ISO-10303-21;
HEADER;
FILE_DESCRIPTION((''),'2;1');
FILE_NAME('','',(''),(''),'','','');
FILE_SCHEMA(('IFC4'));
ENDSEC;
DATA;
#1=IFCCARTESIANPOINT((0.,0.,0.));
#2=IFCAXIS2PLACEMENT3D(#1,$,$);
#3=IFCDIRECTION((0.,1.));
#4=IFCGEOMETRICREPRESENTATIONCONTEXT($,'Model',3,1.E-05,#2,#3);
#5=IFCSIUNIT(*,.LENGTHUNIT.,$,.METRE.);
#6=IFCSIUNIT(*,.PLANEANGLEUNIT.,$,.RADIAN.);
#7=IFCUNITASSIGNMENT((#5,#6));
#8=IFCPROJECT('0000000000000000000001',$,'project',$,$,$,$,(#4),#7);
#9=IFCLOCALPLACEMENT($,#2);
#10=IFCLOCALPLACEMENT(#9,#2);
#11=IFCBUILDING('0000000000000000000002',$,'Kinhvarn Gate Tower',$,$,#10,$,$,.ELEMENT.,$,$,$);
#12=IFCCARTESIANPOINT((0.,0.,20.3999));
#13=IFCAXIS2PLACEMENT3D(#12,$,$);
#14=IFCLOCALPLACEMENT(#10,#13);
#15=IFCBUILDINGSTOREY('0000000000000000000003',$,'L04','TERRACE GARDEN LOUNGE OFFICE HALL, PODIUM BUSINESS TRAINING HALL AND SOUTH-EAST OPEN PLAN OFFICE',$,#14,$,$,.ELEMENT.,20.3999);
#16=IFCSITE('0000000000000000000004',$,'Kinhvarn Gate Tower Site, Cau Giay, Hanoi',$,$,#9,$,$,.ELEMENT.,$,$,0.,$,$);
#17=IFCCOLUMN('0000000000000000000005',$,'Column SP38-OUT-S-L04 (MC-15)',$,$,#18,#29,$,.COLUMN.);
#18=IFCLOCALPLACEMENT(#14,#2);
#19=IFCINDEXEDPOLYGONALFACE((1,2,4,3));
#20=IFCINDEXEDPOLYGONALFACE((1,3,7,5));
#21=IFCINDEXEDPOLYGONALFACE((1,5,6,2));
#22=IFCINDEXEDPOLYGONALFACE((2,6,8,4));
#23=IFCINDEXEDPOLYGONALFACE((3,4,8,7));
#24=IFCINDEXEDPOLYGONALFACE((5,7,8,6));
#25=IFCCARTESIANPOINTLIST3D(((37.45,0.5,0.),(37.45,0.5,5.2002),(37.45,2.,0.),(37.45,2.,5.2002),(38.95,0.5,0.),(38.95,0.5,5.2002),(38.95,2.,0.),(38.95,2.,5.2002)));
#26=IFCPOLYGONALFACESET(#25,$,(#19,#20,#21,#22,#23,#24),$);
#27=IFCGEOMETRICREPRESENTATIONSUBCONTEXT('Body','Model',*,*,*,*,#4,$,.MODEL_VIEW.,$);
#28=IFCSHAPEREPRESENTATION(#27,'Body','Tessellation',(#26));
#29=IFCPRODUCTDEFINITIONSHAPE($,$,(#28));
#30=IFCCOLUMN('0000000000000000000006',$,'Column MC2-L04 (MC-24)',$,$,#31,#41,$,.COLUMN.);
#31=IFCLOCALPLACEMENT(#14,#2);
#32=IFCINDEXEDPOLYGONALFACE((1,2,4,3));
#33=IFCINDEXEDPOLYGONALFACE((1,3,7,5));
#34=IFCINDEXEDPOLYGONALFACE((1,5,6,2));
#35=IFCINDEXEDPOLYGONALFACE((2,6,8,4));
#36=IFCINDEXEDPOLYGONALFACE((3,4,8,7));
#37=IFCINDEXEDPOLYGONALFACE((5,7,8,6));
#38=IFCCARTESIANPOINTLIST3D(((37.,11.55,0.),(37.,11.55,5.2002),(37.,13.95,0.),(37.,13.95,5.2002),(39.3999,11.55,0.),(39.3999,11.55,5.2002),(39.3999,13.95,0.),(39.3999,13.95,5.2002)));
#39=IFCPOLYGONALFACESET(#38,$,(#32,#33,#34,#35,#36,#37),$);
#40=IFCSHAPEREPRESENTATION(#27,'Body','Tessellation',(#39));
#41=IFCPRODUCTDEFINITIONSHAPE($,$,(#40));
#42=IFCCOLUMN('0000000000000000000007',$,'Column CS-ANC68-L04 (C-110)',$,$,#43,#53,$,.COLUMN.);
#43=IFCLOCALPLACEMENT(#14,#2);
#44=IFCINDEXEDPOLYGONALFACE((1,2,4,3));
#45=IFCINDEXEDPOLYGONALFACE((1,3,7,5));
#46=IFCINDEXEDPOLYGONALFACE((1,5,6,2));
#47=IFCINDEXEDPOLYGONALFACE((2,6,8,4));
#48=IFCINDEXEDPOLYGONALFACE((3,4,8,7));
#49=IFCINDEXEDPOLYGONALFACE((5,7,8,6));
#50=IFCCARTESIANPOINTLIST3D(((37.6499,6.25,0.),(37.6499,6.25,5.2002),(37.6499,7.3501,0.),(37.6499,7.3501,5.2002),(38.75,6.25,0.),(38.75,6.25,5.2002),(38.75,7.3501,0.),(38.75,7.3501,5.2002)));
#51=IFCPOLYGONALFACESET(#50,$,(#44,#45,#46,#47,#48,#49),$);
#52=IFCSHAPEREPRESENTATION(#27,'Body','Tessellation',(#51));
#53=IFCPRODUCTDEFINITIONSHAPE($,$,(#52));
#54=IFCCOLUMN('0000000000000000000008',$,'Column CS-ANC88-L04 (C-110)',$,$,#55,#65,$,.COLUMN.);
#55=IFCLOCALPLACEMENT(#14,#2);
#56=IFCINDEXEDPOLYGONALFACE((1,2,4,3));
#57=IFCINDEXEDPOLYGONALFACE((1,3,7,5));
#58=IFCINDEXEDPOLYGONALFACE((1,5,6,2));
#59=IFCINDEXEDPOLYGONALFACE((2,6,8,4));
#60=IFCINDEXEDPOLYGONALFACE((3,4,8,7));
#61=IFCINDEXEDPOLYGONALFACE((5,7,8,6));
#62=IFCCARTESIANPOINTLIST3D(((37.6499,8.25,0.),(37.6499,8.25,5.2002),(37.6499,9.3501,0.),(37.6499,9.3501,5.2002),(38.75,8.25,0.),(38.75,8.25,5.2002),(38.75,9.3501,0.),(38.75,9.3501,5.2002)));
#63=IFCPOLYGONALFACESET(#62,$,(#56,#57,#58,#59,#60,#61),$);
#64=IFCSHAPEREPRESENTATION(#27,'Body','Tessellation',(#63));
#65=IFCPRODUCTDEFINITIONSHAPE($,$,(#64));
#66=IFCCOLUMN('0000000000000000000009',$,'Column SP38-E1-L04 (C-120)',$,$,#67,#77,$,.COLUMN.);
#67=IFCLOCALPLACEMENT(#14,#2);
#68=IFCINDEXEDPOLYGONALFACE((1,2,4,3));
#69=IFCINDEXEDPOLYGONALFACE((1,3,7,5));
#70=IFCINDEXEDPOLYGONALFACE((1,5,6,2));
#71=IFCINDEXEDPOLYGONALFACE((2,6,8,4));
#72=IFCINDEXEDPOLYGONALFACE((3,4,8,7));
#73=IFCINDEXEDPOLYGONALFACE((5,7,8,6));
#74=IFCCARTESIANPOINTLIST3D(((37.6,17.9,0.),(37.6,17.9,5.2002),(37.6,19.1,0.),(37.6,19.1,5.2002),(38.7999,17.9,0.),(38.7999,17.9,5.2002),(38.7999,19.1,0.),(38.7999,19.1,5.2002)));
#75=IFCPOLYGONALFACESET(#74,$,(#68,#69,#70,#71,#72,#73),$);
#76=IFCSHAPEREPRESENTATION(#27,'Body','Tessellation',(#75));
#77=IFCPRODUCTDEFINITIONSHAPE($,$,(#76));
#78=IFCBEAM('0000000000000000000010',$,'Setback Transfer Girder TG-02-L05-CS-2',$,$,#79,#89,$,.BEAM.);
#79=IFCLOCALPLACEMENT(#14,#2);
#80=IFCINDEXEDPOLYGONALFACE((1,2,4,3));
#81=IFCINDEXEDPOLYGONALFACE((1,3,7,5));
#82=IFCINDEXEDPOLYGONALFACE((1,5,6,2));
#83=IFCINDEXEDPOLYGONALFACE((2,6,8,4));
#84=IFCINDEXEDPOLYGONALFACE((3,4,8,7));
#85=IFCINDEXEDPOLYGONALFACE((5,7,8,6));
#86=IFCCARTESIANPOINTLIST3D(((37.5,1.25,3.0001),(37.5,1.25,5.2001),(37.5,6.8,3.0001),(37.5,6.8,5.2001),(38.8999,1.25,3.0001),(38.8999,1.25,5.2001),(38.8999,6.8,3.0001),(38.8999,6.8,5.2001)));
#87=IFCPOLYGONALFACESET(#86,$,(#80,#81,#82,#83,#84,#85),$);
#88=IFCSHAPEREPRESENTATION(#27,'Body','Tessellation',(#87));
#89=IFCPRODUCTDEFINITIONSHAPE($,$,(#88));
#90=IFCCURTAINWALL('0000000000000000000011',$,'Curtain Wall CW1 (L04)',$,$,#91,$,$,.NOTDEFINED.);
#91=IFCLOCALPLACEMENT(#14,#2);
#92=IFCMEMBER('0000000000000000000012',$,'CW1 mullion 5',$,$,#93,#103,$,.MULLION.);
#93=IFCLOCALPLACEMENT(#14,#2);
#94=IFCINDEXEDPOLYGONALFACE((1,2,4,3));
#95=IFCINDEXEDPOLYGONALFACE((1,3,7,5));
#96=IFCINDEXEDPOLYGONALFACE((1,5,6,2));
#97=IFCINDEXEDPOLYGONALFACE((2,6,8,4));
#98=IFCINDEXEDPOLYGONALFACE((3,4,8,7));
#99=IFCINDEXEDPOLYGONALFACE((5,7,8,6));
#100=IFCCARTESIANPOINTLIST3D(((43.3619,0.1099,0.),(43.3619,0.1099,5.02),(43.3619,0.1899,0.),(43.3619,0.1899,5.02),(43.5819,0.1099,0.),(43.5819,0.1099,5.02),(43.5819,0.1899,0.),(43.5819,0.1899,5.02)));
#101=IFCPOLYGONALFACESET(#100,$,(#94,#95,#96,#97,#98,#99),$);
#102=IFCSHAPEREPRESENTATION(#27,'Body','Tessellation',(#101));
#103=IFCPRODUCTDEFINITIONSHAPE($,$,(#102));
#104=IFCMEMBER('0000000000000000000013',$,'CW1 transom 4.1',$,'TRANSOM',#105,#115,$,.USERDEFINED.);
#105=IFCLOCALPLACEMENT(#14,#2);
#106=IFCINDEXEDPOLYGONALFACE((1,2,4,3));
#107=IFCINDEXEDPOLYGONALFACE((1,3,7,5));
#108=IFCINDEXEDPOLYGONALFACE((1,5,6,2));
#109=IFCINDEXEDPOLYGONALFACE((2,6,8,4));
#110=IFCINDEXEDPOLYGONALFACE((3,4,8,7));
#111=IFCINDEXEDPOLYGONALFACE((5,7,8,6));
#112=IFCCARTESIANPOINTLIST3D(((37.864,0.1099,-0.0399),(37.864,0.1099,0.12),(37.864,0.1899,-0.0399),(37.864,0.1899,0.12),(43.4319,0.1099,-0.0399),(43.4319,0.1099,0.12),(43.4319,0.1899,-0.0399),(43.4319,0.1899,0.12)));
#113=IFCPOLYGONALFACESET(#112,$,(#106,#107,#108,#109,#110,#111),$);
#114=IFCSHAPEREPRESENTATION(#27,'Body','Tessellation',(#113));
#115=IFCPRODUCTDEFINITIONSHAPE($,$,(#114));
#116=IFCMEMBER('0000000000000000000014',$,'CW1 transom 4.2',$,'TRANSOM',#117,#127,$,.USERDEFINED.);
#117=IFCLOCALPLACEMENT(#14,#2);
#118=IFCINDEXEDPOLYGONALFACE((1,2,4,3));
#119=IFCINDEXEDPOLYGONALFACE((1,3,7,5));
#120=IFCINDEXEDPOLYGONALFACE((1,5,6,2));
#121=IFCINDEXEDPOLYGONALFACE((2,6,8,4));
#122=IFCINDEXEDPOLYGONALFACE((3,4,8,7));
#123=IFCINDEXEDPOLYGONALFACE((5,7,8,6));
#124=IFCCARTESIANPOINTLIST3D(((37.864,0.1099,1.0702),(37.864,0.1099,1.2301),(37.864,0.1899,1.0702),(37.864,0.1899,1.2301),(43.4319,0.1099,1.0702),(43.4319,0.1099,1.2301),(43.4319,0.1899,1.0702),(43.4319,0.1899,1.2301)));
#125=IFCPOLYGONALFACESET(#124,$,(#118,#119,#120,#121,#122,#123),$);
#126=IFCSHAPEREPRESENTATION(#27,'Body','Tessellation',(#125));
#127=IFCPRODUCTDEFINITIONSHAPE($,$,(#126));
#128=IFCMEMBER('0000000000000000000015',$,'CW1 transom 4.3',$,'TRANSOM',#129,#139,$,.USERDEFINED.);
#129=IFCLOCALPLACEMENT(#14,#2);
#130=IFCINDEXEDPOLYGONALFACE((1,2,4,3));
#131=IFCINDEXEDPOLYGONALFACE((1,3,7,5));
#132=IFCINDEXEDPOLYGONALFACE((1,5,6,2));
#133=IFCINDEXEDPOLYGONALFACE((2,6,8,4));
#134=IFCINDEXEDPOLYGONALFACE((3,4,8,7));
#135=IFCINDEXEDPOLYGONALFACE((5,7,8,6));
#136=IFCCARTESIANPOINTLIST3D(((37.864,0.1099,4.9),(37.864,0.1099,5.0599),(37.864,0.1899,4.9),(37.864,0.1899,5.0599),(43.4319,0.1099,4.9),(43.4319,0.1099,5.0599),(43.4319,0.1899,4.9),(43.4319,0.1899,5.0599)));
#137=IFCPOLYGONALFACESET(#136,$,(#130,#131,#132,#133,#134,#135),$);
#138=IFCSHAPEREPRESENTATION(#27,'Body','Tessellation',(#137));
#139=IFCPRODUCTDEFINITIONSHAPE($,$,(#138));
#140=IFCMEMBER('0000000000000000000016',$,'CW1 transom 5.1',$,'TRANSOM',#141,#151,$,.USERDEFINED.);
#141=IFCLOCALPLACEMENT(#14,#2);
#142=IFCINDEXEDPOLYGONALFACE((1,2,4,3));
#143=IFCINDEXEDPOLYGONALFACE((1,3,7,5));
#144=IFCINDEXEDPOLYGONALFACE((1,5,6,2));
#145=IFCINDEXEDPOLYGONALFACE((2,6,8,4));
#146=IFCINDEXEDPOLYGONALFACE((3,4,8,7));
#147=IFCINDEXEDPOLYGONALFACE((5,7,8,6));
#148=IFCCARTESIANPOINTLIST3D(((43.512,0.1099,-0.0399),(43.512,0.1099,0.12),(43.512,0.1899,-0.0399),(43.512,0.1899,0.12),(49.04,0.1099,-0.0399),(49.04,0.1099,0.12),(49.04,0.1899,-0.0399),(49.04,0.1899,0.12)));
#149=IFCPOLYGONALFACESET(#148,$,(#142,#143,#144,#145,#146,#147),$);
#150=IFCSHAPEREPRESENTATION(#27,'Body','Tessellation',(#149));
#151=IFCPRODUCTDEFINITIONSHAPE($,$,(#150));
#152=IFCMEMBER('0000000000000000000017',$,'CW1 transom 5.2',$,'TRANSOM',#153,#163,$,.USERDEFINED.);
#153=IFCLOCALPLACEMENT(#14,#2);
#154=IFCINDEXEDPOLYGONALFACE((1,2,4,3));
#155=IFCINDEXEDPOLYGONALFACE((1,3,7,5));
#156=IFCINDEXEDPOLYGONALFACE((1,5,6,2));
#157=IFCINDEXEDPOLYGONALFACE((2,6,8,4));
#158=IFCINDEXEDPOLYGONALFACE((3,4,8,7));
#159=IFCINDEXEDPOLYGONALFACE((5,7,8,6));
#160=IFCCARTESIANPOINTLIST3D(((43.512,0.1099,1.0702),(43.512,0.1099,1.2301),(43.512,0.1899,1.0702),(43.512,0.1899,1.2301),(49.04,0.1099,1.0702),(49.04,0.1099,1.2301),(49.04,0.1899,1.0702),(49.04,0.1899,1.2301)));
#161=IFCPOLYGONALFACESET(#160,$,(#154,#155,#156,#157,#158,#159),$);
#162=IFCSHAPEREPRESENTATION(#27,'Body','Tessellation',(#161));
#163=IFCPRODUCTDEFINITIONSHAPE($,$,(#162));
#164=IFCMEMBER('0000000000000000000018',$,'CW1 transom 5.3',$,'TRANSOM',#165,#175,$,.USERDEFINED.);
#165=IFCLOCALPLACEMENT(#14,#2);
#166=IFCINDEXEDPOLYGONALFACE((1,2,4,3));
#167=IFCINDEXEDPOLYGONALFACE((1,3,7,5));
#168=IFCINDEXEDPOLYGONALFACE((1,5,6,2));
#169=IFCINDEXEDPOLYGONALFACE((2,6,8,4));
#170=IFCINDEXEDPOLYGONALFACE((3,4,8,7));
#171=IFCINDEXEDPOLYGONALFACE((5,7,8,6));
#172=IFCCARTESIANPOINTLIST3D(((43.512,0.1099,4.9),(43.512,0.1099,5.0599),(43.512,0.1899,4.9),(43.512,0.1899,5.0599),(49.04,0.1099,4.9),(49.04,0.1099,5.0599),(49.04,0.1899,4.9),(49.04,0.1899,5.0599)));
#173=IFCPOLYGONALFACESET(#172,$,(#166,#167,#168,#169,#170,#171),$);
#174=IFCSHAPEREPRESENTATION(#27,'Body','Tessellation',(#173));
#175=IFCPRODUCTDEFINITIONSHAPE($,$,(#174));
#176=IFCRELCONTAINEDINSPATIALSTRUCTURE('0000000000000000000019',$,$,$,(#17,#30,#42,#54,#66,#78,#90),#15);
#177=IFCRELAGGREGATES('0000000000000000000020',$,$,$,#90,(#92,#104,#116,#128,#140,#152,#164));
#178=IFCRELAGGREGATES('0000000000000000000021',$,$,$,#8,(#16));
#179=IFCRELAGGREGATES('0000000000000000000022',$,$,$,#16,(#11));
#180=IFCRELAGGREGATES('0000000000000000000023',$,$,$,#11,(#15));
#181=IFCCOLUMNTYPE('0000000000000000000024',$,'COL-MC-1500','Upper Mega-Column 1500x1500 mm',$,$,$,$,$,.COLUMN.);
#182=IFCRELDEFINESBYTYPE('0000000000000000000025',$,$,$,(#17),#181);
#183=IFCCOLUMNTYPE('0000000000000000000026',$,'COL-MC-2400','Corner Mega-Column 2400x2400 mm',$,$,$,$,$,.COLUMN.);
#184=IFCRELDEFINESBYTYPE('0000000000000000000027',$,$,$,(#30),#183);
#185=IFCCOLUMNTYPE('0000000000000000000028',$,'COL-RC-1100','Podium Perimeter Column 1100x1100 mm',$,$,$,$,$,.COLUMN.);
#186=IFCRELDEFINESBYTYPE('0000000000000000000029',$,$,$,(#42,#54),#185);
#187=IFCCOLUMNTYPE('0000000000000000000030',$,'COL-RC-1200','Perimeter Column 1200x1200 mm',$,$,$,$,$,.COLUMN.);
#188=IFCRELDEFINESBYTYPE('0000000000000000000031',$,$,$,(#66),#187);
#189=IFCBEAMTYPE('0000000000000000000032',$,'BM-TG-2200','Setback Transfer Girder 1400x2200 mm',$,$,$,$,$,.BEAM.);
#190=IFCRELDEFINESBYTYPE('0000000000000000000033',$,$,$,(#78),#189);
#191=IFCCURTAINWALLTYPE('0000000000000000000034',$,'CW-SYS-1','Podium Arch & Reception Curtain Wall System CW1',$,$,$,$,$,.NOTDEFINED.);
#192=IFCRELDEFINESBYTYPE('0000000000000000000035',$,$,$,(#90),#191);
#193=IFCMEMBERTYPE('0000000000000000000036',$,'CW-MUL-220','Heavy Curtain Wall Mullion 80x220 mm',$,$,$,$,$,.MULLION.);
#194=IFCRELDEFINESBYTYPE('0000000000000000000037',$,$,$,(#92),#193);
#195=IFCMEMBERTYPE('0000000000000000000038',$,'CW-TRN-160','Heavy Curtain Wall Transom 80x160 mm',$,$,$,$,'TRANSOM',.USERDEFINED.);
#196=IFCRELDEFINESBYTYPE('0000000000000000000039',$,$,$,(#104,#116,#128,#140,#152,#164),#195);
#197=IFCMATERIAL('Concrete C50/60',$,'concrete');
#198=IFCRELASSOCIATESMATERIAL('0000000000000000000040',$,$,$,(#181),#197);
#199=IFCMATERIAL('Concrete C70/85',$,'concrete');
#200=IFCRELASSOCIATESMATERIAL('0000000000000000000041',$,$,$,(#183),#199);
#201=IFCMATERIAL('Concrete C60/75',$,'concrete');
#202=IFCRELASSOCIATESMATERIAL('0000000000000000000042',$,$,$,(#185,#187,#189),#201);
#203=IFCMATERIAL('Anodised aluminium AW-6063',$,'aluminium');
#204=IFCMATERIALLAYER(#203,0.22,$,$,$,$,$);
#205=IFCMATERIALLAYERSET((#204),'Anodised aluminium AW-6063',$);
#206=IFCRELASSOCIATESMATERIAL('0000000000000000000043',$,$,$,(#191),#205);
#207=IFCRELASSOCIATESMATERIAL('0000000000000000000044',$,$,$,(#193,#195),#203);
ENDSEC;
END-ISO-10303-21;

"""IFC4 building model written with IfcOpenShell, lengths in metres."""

from ifc_helpers import new_model, si_unit, direction, frame, origin, origin_2d, place, context, subcontext, project, spatial, rectangle, extrude, material, layer, layer_set, material_profile, profile_set, type_object, element, aggregate, save


model = new_model("IFC4")

# Units and contexts
model_context = context("Model", 3, precision=1e-05, world=origin(), true_north=direction((0.0, 1.0)))
body_context = subcontext(model_context, "Body", "Model", "MODEL_VIEW")
ifc_project = project(units=[si_unit("LENGTHUNIT", "METRE"), si_unit("PLANEANGLEUNIT", "RADIAN")], contexts=[model_context])

# Site, building, storey
site_placement = place(None, origin())
site = spatial("IfcSite", under=ifc_project, at=site_placement, Name="Kinhvarn Gate Tower Site, Cau Giay, Hanoi", CompositionType="ELEMENT", RefElevation=0.0)
building_placement = place(site_placement, origin())
building = spatial("IfcBuilding", under=site, at=building_placement, Name="Kinhvarn Gate Tower", CompositionType="ELEMENT")
storey_placement = place(building_placement, frame((0.0, 0.0, 20.3999)))
storey = spatial("IfcBuildingStorey", under=building, at=storey_placement, Name="L04", Description="TERRACE GARDEN LOUNGE OFFICE HALL, PODIUM BUSINESS TRAINING HALL AND SOUTH-EAST OPEN PLAN OFFICE", CompositionType="ELEMENT", Elevation=20.3999)

# Columns
ifc_material_1 = material(Name="Concrete C50/60", Category="concrete")
ifc_material_profile_1 = material_profile(ifc_material_1, rectangle(XDim=1.5, YDim=1.5, at=origin_2d()), Name="RC 1500x1500")
ifc_profile_set_1 = profile_set([ifc_material_profile_1], Name="Concrete C50/60")
column_type_1 = type_object("IfcColumnType", Name="COL-MC-1500", Description="Upper Mega-Column 1500x1500 mm", PredefinedType="COLUMN", material=ifc_profile_set_1)
column_1_placement = place(storey_placement, frame((38.2, 1.25, 0.0), z_axis=(0.0, 0.0, 1.0), x_axis=(1.0, 0.0, 0.0)))
element("IfcColumn", 1, at=column_1_placement, inside=storey, type_object=column_type_1, Name="Column SP38-OUT-S-L04 (MC-15)", PredefinedType="COLUMN", context=body_context, shape_type="SweptSolid", body=[
    extrude(rectangle(XDim=1.5, YDim=1.5, at=origin_2d()), origin(), (0.0, 0.0, 1.0), 5.2002),
])
ifc_material_2 = material(Name="Concrete C70/85", Category="concrete")
ifc_material_profile_2 = material_profile(ifc_material_2, rectangle(XDim=2.3999, YDim=2.3999, at=origin_2d()), Name="RC 2400x2400")
ifc_profile_set_2 = profile_set([ifc_material_profile_2], Name="Concrete C70/85")
column_type_2 = type_object("IfcColumnType", Name="COL-MC-2400", Description="Corner Mega-Column 2400x2400 mm", PredefinedType="COLUMN", material=ifc_profile_set_2)
column_2_placement = place(storey_placement, frame((38.2, 12.75, 0.0), z_axis=(0.0, 0.0, 1.0), x_axis=(1.0, 0.0, 0.0)))
element("IfcColumn", 2, at=column_2_placement, inside=storey, type_object=column_type_2, Name="Column MC2-L04 (MC-24)", PredefinedType="COLUMN", context=body_context, shape_type="SweptSolid", body=[
    extrude(rectangle(XDim=2.3999, YDim=2.3999, at=origin_2d()), origin(), (0.0, 0.0, 1.0), 5.2002),
])
ifc_material_3 = material(Name="Concrete C60/75", Category="concrete")
ifc_material_profile_3 = material_profile(ifc_material_3, rectangle(XDim=1.1001, YDim=1.1001, at=origin_2d()), Name="RC 1100x1100")
ifc_profile_set_3 = profile_set([ifc_material_profile_3], Name="Concrete C60/75")
column_type_3 = type_object("IfcColumnType", Name="COL-RC-1100", Description="Podium Perimeter Column 1100x1100 mm", PredefinedType="COLUMN", material=ifc_profile_set_3)
for number, where, z_axis, x_axis, name in (
    (3, (38.2, 6.8, 0.0), (0.0, 0.0, 1.0), (1.0, 0.0, 0.0), "Column CS-ANC68-L04 (C-110)"),
    (4, (38.2, 8.8, 0.0), (0.0, 0.0, 1.0), (1.0, 0.0, 0.0), "Column CS-ANC88-L04 (C-110)"),
):
    element("IfcColumn", number, at=place(storey_placement, frame(where, z_axis=z_axis, x_axis=x_axis)), inside=storey, type_object=column_type_3, Name=name, PredefinedType="COLUMN", context=body_context, shape_type="SweptSolid", body=[
        extrude(rectangle(XDim=1.1001, YDim=1.1001, at=origin_2d()), origin(), (0.0, 0.0, 1.0), 5.2002),
    ])
ifc_material_profile_4 = material_profile(ifc_material_3, rectangle(XDim=1.2, YDim=1.2, at=origin_2d()), Name="RC 1200x1200")
ifc_profile_set_4 = profile_set([ifc_material_profile_4], Name="Concrete C60/75")
column_type_4 = type_object("IfcColumnType", Name="COL-RC-1200", Description="Perimeter Column 1200x1200 mm", PredefinedType="COLUMN", material=ifc_profile_set_4)
column_3_placement = place(storey_placement, frame((38.2, 18.5, 0.0), z_axis=(0.0, 0.0, 1.0), x_axis=(1.0, 0.0, 0.0)))
element("IfcColumn", 5, at=column_3_placement, inside=storey, type_object=column_type_4, Name="Column SP38-E1-L04 (C-120)", PredefinedType="COLUMN", context=body_context, shape_type="SweptSolid", body=[
    extrude(rectangle(XDim=1.2, YDim=1.2, at=origin_2d()), origin(), (0.0, 0.0, 1.0), 5.2002),
])

# Beam
ifc_material_profile_5 = material_profile(ifc_material_3, rectangle(XDim=1.3999, YDim=2.2, at=origin_2d()), Name="RC 1400x2200")
ifc_profile_set_5 = profile_set([ifc_material_profile_5], Name="Concrete C60/75")
beam_type_1 = type_object("IfcBeamType", Name="BM-TG-2200", Description="Setback Transfer Girder 1400x2200 mm", PredefinedType="BEAM", material=ifc_profile_set_5)
beam_1_placement = place(storey_placement, frame((38.2, 1.25, 4.1001), z_axis=(0.0, 1.0, 0.0), x_axis=(-1.0, 0.0, 0.0)))
element("IfcBeam", 6, at=beam_1_placement, inside=storey, type_object=beam_type_1, Name="Setback Transfer Girder TG-02-L05-CS-2", PredefinedType="BEAM", context=body_context, shape_type="SweptSolid", body=[
    extrude(rectangle(XDim=1.3999, YDim=2.2, at=origin_2d()), origin(), (0.0, 0.0, 1.0), 5.55),
])

# Curtain wall, members
ifc_material_4 = material(Name="Anodised aluminium AW-6063", Category="aluminium")
ifc_layer_1 = layer(ifc_material_4, 0.22)
ifc_layer_set_1 = layer_set([ifc_layer_1], Name="Anodised aluminium AW-6063")
curtain_wall_type = type_object("IfcCurtainWallType", Name="CW-SYS-1", Description="Podium Arch & Reception Curtain Wall System CW1", PredefinedType="NOTDEFINED", material=ifc_layer_set_1)
curtain_wall_placement = place(storey_placement, origin())
curtain_wall = element("IfcCurtainWall", 7, at=curtain_wall_placement, inside=storey, type_object=curtain_wall_type, Name="Curtain Wall CW1 (L04)", PredefinedType="NOTDEFINED")
ifc_material_profile_6 = material_profile(ifc_material_4, rectangle(XDim=0.0801, YDim=0.22, at=origin_2d()), Name="ALU 80x220")
ifc_profile_set_6 = profile_set([ifc_material_profile_6], Name="Anodised aluminium AW-6063")
member_type_1 = type_object("IfcMemberType", Name="CW-MUL-220", Description="Heavy Curtain Wall Mullion 80x220 mm", PredefinedType="MULLION", material=ifc_profile_set_6)
member_1_placement = place(storey_placement, frame((43.4719, 0.1499, 0.0), z_axis=(0.0, 0.0, 1.0), x_axis=(0.0, 1.0, 0.0)))
member_1 = element("IfcMember", 8, at=member_1_placement, type_object=member_type_1, Name="CW1 mullion 5", PredefinedType="MULLION", context=body_context, shape_type="SweptSolid", body=[
    extrude(rectangle(XDim=0.0801, YDim=0.22, at=origin_2d()), origin(), (0.0, 0.0, 1.0), 5.02),
])
ifc_material_profile_7 = material_profile(ifc_material_4, rectangle(XDim=0.0801, YDim=0.1599, at=origin_2d()), Name="ALU 80x160")
ifc_profile_set_7 = profile_set([ifc_material_profile_7], Name="Anodised aluminium AW-6063")
member_type_2 = type_object("IfcMemberType", Name="CW-TRN-160", Description="Heavy Curtain Wall Transom 80x160 mm", ElementType="TRANSOM", PredefinedType="USERDEFINED", material=ifc_profile_set_7)
member_2_placement = place(storey_placement, frame((37.864, 0.1499, 0.04), z_axis=(1.0, 0.0, 0.0), x_axis=(0.0, 1.0, 0.0)))
member_2 = element("IfcMember", 9, at=member_2_placement, type_object=member_type_2, Name="CW1 transom 4.1", ObjectType="TRANSOM", PredefinedType="USERDEFINED", context=body_context, shape_type="SweptSolid", body=[
    extrude(rectangle(XDim=0.0801, YDim=0.1599, at=origin_2d()), origin(), (0.0, 0.0, 1.0), 5.5679),
])
member_3_placement = place(storey_placement, frame((37.864, 0.1499, 1.1501), z_axis=(1.0, 0.0, 0.0), x_axis=(0.0, 1.0, 0.0)))
member_3 = element("IfcMember", 10, at=member_3_placement, type_object=member_type_2, Name="CW1 transom 4.2", ObjectType="TRANSOM", PredefinedType="USERDEFINED", context=body_context, shape_type="SweptSolid", body=[
    extrude(rectangle(XDim=0.0801, YDim=0.1599, at=origin_2d()), origin(), (0.0, 0.0, 1.0), 5.5679),
])
member_4_placement = place(storey_placement, frame((37.864, 0.1499, 4.98), z_axis=(1.0, 0.0, 0.0), x_axis=(0.0, 1.0, 0.0)))
member_4 = element("IfcMember", 11, at=member_4_placement, type_object=member_type_2, Name="CW1 transom 4.3", ObjectType="TRANSOM", PredefinedType="USERDEFINED", context=body_context, shape_type="SweptSolid", body=[
    extrude(rectangle(XDim=0.0801, YDim=0.1599, at=origin_2d()), origin(), (0.0, 0.0, 1.0), 5.5679),
])
member_5_placement = place(storey_placement, frame((43.512, 0.1499, 0.04), z_axis=(1.0, 0.0, 0.0), x_axis=(0.0, 1.0, 0.0)))
member_5 = element("IfcMember", 12, at=member_5_placement, type_object=member_type_2, Name="CW1 transom 5.1", ObjectType="TRANSOM", PredefinedType="USERDEFINED", context=body_context, shape_type="SweptSolid", body=[
    extrude(rectangle(XDim=0.0801, YDim=0.1599, at=origin_2d()), origin(), (0.0, 0.0, 1.0), 5.5281),
])
member_6_placement = place(storey_placement, frame((43.512, 0.1499, 1.1501), z_axis=(1.0, 0.0, 0.0), x_axis=(0.0, 1.0, 0.0)))
member_6 = element("IfcMember", 13, at=member_6_placement, type_object=member_type_2, Name="CW1 transom 5.2", ObjectType="TRANSOM", PredefinedType="USERDEFINED", context=body_context, shape_type="SweptSolid", body=[
    extrude(rectangle(XDim=0.0801, YDim=0.1599, at=origin_2d()), origin(), (0.0, 0.0, 1.0), 5.5281),
])
member_7_placement = place(storey_placement, frame((43.512, 0.1499, 4.98), z_axis=(1.0, 0.0, 0.0), x_axis=(0.0, 1.0, 0.0)))
member_7 = element("IfcMember", 14, at=member_7_placement, type_object=member_type_2, Name="CW1 transom 5.3", ObjectType="TRANSOM", PredefinedType="USERDEFINED", context=body_context, shape_type="SweptSolid", body=[
    extrude(rectangle(XDim=0.0801, YDim=0.1599, at=origin_2d()), origin(), (0.0, 0.0, 1.0), 5.5281),
])

aggregate(curtain_wall, [member_1, member_2, member_3, member_4, member_5, member_6, member_7])

save(model, "model.ifc")
